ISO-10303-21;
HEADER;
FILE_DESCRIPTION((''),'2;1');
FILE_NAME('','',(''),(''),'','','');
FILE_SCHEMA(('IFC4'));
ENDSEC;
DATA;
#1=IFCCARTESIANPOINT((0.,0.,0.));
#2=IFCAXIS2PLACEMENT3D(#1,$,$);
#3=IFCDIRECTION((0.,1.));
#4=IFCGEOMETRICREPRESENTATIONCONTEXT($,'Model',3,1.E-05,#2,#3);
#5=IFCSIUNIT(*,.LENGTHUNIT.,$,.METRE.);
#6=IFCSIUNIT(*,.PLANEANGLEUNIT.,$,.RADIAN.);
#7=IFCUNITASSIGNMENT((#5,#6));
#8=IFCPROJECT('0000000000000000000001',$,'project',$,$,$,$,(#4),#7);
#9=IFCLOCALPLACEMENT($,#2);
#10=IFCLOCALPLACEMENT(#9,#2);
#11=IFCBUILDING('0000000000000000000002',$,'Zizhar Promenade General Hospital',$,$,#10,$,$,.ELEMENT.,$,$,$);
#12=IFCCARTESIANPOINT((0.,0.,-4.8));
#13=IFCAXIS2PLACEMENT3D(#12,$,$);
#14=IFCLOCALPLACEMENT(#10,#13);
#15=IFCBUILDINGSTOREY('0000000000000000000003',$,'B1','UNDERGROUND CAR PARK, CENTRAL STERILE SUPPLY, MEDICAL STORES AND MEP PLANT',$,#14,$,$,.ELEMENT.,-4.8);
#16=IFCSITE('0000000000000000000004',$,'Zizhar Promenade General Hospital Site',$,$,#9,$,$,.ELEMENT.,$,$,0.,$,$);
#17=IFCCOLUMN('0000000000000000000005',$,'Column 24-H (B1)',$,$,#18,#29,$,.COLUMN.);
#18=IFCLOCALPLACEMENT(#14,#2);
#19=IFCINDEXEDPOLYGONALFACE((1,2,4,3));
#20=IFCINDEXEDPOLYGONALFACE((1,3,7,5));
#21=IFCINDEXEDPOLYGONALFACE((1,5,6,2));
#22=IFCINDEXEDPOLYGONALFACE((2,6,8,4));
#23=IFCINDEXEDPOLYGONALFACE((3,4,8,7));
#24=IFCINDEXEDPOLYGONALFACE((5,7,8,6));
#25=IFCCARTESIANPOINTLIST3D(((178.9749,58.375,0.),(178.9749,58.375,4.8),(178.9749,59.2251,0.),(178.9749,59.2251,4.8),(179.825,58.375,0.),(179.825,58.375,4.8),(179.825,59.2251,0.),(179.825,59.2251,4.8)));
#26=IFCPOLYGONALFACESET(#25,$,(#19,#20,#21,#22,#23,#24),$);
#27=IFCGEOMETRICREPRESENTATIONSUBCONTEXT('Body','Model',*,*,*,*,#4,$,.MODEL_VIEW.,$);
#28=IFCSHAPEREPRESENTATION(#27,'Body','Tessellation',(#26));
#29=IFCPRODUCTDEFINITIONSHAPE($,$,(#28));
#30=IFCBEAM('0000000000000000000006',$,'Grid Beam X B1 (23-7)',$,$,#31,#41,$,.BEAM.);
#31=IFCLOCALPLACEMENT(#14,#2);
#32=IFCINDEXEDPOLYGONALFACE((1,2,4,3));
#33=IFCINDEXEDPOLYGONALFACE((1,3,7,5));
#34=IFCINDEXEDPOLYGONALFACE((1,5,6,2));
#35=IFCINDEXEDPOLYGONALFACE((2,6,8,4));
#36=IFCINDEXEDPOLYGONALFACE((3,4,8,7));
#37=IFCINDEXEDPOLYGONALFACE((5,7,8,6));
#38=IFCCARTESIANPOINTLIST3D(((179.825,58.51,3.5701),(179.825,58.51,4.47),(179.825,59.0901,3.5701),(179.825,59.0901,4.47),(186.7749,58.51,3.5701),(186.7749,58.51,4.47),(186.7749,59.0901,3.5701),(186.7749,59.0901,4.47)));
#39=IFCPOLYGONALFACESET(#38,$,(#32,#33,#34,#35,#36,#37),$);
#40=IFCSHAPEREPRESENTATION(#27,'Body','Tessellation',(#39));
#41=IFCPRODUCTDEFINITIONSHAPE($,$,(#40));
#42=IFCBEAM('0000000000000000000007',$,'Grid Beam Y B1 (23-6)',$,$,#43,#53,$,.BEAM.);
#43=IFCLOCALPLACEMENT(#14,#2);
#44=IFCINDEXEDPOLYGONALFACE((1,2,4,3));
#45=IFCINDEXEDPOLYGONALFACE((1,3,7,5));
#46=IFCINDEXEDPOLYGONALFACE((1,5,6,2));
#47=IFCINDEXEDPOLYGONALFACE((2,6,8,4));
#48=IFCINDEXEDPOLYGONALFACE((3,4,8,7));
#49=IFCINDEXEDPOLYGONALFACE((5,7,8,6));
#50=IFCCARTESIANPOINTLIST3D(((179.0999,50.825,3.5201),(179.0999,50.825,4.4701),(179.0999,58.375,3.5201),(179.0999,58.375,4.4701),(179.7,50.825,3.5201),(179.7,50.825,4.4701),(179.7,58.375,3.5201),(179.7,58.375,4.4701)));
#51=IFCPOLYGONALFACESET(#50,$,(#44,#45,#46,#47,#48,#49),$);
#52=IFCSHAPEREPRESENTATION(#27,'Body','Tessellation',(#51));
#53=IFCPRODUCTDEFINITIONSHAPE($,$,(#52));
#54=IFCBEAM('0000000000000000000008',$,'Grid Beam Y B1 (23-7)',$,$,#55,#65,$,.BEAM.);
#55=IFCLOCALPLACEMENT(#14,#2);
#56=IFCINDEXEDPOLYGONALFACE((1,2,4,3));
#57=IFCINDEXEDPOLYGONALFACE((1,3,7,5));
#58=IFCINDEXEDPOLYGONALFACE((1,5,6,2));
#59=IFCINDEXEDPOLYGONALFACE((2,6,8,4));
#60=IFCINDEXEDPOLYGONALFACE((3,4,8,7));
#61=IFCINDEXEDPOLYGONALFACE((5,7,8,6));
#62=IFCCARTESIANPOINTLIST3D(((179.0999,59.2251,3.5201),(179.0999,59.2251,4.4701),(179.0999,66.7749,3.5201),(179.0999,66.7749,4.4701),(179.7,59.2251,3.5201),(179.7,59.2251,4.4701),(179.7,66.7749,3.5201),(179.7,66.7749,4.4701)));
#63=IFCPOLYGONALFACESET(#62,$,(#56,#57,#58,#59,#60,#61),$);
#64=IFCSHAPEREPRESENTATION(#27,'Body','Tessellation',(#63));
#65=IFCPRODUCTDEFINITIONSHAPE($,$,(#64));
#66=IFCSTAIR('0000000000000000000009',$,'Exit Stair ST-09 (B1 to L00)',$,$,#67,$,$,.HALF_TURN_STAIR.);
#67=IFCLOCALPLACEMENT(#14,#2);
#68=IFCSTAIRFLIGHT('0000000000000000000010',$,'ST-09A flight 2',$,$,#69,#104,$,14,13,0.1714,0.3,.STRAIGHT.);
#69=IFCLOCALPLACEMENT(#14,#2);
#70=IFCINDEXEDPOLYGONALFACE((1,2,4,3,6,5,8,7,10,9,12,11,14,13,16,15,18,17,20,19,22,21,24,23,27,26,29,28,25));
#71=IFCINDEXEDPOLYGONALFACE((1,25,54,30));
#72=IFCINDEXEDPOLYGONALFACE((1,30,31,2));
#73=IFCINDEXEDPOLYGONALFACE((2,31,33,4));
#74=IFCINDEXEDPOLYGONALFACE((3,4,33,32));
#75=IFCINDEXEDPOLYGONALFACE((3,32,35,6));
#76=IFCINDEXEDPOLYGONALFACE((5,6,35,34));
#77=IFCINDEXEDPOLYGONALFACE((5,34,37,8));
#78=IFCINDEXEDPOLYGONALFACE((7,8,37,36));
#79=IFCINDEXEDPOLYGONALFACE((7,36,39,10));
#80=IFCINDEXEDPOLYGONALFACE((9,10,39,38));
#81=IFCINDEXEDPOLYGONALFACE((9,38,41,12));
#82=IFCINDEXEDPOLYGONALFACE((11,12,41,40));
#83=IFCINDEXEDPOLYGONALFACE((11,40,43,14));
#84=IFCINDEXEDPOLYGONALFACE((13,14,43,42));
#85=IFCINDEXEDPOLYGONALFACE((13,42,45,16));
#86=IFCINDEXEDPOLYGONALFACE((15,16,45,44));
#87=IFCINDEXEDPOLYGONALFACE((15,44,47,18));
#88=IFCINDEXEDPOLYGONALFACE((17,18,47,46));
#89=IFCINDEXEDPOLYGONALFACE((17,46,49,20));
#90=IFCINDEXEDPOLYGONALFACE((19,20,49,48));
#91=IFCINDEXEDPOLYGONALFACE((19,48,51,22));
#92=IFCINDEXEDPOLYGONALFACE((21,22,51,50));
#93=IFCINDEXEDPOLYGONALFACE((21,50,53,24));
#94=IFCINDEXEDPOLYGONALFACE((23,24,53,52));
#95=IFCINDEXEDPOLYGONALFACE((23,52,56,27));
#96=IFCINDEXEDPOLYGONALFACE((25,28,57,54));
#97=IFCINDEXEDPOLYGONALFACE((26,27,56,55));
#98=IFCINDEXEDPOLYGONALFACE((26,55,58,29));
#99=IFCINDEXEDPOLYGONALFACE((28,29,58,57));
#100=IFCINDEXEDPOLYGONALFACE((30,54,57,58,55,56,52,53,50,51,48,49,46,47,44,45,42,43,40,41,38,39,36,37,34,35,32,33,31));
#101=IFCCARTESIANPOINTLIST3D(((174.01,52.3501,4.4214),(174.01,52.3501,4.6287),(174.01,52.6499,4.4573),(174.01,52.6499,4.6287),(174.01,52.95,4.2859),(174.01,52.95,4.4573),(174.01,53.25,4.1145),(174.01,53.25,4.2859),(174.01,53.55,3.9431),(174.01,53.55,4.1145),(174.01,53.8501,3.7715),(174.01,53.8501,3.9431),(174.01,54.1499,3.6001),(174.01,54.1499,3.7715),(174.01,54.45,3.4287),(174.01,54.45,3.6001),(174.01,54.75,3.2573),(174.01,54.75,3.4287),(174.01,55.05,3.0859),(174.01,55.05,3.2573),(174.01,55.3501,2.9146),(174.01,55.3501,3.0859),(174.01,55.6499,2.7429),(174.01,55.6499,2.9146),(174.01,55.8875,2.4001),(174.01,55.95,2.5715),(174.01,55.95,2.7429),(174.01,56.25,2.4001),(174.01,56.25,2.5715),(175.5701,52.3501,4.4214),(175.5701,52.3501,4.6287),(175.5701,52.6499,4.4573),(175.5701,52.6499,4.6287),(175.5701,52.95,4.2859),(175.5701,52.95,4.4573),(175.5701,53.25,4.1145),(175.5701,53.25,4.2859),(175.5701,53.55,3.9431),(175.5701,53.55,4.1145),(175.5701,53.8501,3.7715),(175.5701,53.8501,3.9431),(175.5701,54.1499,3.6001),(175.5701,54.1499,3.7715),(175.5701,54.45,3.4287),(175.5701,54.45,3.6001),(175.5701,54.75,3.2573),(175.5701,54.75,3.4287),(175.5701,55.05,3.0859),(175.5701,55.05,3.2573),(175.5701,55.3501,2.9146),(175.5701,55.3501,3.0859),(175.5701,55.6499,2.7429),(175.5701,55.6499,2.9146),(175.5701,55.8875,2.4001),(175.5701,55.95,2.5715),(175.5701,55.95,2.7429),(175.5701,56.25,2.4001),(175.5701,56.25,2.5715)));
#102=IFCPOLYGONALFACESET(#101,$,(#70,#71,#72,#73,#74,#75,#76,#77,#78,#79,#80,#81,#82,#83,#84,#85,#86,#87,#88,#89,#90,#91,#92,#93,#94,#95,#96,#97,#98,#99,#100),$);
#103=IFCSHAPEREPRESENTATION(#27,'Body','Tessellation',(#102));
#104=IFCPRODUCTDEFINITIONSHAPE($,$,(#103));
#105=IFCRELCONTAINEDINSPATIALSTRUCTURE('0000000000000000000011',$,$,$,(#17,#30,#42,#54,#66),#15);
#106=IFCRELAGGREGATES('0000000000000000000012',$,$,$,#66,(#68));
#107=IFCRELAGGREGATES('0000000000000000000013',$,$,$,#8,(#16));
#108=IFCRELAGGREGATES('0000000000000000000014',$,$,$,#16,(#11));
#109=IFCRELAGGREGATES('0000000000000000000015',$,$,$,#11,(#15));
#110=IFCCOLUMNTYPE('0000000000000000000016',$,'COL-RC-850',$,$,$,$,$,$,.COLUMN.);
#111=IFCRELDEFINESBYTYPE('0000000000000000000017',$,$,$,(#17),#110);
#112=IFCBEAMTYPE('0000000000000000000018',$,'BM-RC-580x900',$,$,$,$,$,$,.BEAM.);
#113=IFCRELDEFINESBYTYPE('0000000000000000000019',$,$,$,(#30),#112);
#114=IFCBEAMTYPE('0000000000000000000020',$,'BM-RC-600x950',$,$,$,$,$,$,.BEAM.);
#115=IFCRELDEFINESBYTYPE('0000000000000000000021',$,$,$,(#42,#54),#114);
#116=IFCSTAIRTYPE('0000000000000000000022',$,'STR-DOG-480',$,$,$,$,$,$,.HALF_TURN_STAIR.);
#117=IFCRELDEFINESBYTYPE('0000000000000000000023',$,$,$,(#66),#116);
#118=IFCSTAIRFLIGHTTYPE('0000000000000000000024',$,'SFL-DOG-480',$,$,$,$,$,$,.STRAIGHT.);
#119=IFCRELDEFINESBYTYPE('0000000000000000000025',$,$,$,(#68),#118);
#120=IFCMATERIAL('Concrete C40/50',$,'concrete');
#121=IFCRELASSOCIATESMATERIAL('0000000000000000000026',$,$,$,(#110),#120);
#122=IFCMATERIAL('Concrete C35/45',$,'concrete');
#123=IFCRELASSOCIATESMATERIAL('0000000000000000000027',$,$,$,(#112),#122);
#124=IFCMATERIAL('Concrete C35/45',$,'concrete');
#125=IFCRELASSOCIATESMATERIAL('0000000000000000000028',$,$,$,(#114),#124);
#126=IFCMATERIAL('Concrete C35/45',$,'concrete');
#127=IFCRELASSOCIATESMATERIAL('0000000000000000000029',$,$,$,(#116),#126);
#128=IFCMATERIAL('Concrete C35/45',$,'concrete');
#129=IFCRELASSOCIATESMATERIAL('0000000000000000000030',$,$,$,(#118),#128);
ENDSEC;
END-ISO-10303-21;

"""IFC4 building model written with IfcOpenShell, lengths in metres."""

from ifc_helpers import new_model, si_unit, direction, frame, origin, origin_2d, place, context, subcontext, project, spatial, polyline, rectangle, outline, extrude, material, material_profile, profile_set, type_object, element, aggregate, save


model = new_model("IFC4")

# Units and contexts
model_context = context("Model", 3, precision=1e-05, world=origin(), true_north=direction((0.0, 1.0)))
body_context = subcontext(model_context, "Body", "Model", "MODEL_VIEW")
ifc_project = project(units=[si_unit("LENGTHUNIT", "METRE"), si_unit("PLANEANGLEUNIT", "RADIAN")], contexts=[model_context])

# Site, building, storey
site_placement = place(None, origin())
site = spatial("IfcSite", under=ifc_project, at=site_placement, Name="Zizhar Promenade General Hospital Site", CompositionType="ELEMENT", RefElevation=0.0)
building_placement = place(site_placement, origin())
building = spatial("IfcBuilding", under=site, at=building_placement, Name="Zizhar Promenade General Hospital", CompositionType="ELEMENT")
storey_placement = place(building_placement, frame((0.0, 0.0, -4.8)))
storey = spatial("IfcBuildingStorey", under=building, at=storey_placement, Name="B1", Description="UNDERGROUND CAR PARK, CENTRAL STERILE SUPPLY, MEDICAL STORES AND MEP PLANT", CompositionType="ELEMENT", Elevation=-4.8)

# Column
ifc_material_1 = material(Name="Concrete C40/50", Category="concrete")
ifc_material_profile_1 = material_profile(ifc_material_1, rectangle(XDim=0.8501, YDim=0.8501, at=origin_2d()))
ifc_profile_set_1 = profile_set([ifc_material_profile_1], Name="Concrete C40/50")
column_type = type_object("IfcColumnType", Name="COL-RC-850", PredefinedType="COLUMN", material=ifc_profile_set_1)
column_placement = place(storey_placement, frame((179.3999, 58.8, 0.0), z_axis=(0.0, 0.0, 1.0), x_axis=(1.0, 0.0, 0.0)))
element("IfcColumn", 1, at=column_placement, inside=storey, type_object=column_type, Name="Column 24-H (B1)", PredefinedType="COLUMN", context=body_context, shape_type="SweptSolid", body=[
    extrude(rectangle(XDim=0.8501, YDim=0.8501, at=origin_2d()), origin(), (0.0, 0.0, 1.0), 4.8),
])

# Beams
ifc_material_2 = material(Name="Concrete C35/45", Category="concrete")
ifc_material_profile_2 = material_profile(ifc_material_2, rectangle(XDim=0.5801, YDim=0.8999, at=origin_2d()))
ifc_profile_set_2 = profile_set([ifc_material_profile_2], Name="Concrete C35/45")
beam_type_1 = type_object("IfcBeamType", Name="BM-RC-580x900", PredefinedType="BEAM", material=ifc_profile_set_2)
beam_1_placement = place(storey_placement, frame((179.825, 58.8, 4.02), z_axis=(1.0, 0.0, 0.0), x_axis=(0.0, 1.0, 0.0)))
element("IfcBeam", 2, at=beam_1_placement, inside=storey, type_object=beam_type_1, Name="Grid Beam X B1 (23-7)", PredefinedType="BEAM", context=body_context, shape_type="SweptSolid", body=[
    extrude(rectangle(XDim=0.5801, YDim=0.8999, at=origin_2d()), origin(), (0.0, 0.0, 1.0), 6.95),
])
ifc_material_3 = material(Name="Concrete C35/45", Category="concrete")
ifc_material_profile_3 = material_profile(ifc_material_3, rectangle(XDim=0.6001, YDim=0.95, at=origin_2d()))
ifc_profile_set_3 = profile_set([ifc_material_profile_3], Name="Concrete C35/45")
beam_type_2 = type_object("IfcBeamType", Name="BM-RC-600x950", PredefinedType="BEAM", material=ifc_profile_set_3)
beam_2_placement = place(storey_placement, frame((179.3999, 50.825, 3.9951), z_axis=(0.0, 1.0, 0.0), x_axis=(-1.0, 0.0, 0.0)))
element("IfcBeam", 3, at=beam_2_placement, inside=storey, type_object=beam_type_2, Name="Grid Beam Y B1 (23-6)", PredefinedType="BEAM", context=body_context, shape_type="SweptSolid", body=[
    extrude(rectangle(XDim=0.6001, YDim=0.95, at=origin_2d()), origin(), (0.0, 0.0, 1.0), 7.55),
])
beam_3_placement = place(storey_placement, frame((179.3999, 59.2251, 3.9951), z_axis=(0.0, 1.0, 0.0), x_axis=(-1.0, 0.0, 0.0)))
element("IfcBeam", 4, at=beam_3_placement, inside=storey, type_object=beam_type_2, Name="Grid Beam Y B1 (23-7)", PredefinedType="BEAM", context=body_context, shape_type="SweptSolid", body=[
    extrude(rectangle(XDim=0.6001, YDim=0.95, at=origin_2d()), origin(), (0.0, 0.0, 1.0), 7.5498),
])

# Stair, stair flight
ifc_material_4 = material(Name="Concrete C35/45", Category="concrete")
stair_type = type_object("IfcStairType", Name="STR-DOG-480", PredefinedType="HALF_TURN_STAIR", material=ifc_material_4)
stair_placement = place(storey_placement, origin())
stair = element("IfcStair", 5, at=stair_placement, inside=storey, type_object=stair_type, Name="Exit Stair ST-09 (B1 to L00)", PredefinedType="HALF_TURN_STAIR")
ifc_material_5 = material(Name="Concrete C35/45", Category="concrete")
stair_flight_type = type_object("IfcStairFlightType", Name="SFL-DOG-480", PredefinedType="STRAIGHT", material=ifc_material_5)
stair_flight_placement = place(storey_placement, frame((174.79, 56.25, 2.4001), z_axis=(0.0, 0.0, 1.0), x_axis=(0.0, -1.0, 0.0)))
stair_flight = element("IfcStairFlight", 6, at=stair_flight_placement, type_object=stair_flight_type, Name="ST-09A flight 2", NumberOfRisers=14, NumberOfTreads=13, PredefinedType="STRAIGHT", RiserHeight=0.1714, TreadLength=0.3, context=body_context, shape_type="SweptSolid", body=[
    extrude(outline(polyline([(0.0, 0.0), (0.0, 0.1714), (0.3, 0.1714), (0.3, 0.3428), (0.6001, 0.3428), (0.6001, 0.5144), (0.8999, 0.5144), (0.8999, 0.6858), (1.2, 0.6858), (1.2, 0.8572), (1.5, 0.8572), (1.5, 1.0286), (1.8, 1.0286), (1.8, 1.2), (2.1001, 1.2), (2.1001, 1.3713), (2.3999, 1.3713), (2.3999, 1.543), (2.7, 1.543), (2.7, 1.7144), (3.0, 1.7144), (3.0, 1.8857), (3.3, 1.8857), (3.3, 2.0571), (3.6001, 2.0571), (3.6001, 2.2285), (3.8999, 2.2285), (3.8999, 2.3999), (3.8999, 2.0212), (0.3625, 0.0), (0.0, 0.0)])), frame((0.0, 0.78, 0.0), z_axis=(0.0, -1.0, 0.0), x_axis=(1.0, 0.0, 0.0)), (0.0, 0.0, 1.0), 1.5601),
])
aggregate(stair, [stair_flight])

save(model, "model.ifc")
